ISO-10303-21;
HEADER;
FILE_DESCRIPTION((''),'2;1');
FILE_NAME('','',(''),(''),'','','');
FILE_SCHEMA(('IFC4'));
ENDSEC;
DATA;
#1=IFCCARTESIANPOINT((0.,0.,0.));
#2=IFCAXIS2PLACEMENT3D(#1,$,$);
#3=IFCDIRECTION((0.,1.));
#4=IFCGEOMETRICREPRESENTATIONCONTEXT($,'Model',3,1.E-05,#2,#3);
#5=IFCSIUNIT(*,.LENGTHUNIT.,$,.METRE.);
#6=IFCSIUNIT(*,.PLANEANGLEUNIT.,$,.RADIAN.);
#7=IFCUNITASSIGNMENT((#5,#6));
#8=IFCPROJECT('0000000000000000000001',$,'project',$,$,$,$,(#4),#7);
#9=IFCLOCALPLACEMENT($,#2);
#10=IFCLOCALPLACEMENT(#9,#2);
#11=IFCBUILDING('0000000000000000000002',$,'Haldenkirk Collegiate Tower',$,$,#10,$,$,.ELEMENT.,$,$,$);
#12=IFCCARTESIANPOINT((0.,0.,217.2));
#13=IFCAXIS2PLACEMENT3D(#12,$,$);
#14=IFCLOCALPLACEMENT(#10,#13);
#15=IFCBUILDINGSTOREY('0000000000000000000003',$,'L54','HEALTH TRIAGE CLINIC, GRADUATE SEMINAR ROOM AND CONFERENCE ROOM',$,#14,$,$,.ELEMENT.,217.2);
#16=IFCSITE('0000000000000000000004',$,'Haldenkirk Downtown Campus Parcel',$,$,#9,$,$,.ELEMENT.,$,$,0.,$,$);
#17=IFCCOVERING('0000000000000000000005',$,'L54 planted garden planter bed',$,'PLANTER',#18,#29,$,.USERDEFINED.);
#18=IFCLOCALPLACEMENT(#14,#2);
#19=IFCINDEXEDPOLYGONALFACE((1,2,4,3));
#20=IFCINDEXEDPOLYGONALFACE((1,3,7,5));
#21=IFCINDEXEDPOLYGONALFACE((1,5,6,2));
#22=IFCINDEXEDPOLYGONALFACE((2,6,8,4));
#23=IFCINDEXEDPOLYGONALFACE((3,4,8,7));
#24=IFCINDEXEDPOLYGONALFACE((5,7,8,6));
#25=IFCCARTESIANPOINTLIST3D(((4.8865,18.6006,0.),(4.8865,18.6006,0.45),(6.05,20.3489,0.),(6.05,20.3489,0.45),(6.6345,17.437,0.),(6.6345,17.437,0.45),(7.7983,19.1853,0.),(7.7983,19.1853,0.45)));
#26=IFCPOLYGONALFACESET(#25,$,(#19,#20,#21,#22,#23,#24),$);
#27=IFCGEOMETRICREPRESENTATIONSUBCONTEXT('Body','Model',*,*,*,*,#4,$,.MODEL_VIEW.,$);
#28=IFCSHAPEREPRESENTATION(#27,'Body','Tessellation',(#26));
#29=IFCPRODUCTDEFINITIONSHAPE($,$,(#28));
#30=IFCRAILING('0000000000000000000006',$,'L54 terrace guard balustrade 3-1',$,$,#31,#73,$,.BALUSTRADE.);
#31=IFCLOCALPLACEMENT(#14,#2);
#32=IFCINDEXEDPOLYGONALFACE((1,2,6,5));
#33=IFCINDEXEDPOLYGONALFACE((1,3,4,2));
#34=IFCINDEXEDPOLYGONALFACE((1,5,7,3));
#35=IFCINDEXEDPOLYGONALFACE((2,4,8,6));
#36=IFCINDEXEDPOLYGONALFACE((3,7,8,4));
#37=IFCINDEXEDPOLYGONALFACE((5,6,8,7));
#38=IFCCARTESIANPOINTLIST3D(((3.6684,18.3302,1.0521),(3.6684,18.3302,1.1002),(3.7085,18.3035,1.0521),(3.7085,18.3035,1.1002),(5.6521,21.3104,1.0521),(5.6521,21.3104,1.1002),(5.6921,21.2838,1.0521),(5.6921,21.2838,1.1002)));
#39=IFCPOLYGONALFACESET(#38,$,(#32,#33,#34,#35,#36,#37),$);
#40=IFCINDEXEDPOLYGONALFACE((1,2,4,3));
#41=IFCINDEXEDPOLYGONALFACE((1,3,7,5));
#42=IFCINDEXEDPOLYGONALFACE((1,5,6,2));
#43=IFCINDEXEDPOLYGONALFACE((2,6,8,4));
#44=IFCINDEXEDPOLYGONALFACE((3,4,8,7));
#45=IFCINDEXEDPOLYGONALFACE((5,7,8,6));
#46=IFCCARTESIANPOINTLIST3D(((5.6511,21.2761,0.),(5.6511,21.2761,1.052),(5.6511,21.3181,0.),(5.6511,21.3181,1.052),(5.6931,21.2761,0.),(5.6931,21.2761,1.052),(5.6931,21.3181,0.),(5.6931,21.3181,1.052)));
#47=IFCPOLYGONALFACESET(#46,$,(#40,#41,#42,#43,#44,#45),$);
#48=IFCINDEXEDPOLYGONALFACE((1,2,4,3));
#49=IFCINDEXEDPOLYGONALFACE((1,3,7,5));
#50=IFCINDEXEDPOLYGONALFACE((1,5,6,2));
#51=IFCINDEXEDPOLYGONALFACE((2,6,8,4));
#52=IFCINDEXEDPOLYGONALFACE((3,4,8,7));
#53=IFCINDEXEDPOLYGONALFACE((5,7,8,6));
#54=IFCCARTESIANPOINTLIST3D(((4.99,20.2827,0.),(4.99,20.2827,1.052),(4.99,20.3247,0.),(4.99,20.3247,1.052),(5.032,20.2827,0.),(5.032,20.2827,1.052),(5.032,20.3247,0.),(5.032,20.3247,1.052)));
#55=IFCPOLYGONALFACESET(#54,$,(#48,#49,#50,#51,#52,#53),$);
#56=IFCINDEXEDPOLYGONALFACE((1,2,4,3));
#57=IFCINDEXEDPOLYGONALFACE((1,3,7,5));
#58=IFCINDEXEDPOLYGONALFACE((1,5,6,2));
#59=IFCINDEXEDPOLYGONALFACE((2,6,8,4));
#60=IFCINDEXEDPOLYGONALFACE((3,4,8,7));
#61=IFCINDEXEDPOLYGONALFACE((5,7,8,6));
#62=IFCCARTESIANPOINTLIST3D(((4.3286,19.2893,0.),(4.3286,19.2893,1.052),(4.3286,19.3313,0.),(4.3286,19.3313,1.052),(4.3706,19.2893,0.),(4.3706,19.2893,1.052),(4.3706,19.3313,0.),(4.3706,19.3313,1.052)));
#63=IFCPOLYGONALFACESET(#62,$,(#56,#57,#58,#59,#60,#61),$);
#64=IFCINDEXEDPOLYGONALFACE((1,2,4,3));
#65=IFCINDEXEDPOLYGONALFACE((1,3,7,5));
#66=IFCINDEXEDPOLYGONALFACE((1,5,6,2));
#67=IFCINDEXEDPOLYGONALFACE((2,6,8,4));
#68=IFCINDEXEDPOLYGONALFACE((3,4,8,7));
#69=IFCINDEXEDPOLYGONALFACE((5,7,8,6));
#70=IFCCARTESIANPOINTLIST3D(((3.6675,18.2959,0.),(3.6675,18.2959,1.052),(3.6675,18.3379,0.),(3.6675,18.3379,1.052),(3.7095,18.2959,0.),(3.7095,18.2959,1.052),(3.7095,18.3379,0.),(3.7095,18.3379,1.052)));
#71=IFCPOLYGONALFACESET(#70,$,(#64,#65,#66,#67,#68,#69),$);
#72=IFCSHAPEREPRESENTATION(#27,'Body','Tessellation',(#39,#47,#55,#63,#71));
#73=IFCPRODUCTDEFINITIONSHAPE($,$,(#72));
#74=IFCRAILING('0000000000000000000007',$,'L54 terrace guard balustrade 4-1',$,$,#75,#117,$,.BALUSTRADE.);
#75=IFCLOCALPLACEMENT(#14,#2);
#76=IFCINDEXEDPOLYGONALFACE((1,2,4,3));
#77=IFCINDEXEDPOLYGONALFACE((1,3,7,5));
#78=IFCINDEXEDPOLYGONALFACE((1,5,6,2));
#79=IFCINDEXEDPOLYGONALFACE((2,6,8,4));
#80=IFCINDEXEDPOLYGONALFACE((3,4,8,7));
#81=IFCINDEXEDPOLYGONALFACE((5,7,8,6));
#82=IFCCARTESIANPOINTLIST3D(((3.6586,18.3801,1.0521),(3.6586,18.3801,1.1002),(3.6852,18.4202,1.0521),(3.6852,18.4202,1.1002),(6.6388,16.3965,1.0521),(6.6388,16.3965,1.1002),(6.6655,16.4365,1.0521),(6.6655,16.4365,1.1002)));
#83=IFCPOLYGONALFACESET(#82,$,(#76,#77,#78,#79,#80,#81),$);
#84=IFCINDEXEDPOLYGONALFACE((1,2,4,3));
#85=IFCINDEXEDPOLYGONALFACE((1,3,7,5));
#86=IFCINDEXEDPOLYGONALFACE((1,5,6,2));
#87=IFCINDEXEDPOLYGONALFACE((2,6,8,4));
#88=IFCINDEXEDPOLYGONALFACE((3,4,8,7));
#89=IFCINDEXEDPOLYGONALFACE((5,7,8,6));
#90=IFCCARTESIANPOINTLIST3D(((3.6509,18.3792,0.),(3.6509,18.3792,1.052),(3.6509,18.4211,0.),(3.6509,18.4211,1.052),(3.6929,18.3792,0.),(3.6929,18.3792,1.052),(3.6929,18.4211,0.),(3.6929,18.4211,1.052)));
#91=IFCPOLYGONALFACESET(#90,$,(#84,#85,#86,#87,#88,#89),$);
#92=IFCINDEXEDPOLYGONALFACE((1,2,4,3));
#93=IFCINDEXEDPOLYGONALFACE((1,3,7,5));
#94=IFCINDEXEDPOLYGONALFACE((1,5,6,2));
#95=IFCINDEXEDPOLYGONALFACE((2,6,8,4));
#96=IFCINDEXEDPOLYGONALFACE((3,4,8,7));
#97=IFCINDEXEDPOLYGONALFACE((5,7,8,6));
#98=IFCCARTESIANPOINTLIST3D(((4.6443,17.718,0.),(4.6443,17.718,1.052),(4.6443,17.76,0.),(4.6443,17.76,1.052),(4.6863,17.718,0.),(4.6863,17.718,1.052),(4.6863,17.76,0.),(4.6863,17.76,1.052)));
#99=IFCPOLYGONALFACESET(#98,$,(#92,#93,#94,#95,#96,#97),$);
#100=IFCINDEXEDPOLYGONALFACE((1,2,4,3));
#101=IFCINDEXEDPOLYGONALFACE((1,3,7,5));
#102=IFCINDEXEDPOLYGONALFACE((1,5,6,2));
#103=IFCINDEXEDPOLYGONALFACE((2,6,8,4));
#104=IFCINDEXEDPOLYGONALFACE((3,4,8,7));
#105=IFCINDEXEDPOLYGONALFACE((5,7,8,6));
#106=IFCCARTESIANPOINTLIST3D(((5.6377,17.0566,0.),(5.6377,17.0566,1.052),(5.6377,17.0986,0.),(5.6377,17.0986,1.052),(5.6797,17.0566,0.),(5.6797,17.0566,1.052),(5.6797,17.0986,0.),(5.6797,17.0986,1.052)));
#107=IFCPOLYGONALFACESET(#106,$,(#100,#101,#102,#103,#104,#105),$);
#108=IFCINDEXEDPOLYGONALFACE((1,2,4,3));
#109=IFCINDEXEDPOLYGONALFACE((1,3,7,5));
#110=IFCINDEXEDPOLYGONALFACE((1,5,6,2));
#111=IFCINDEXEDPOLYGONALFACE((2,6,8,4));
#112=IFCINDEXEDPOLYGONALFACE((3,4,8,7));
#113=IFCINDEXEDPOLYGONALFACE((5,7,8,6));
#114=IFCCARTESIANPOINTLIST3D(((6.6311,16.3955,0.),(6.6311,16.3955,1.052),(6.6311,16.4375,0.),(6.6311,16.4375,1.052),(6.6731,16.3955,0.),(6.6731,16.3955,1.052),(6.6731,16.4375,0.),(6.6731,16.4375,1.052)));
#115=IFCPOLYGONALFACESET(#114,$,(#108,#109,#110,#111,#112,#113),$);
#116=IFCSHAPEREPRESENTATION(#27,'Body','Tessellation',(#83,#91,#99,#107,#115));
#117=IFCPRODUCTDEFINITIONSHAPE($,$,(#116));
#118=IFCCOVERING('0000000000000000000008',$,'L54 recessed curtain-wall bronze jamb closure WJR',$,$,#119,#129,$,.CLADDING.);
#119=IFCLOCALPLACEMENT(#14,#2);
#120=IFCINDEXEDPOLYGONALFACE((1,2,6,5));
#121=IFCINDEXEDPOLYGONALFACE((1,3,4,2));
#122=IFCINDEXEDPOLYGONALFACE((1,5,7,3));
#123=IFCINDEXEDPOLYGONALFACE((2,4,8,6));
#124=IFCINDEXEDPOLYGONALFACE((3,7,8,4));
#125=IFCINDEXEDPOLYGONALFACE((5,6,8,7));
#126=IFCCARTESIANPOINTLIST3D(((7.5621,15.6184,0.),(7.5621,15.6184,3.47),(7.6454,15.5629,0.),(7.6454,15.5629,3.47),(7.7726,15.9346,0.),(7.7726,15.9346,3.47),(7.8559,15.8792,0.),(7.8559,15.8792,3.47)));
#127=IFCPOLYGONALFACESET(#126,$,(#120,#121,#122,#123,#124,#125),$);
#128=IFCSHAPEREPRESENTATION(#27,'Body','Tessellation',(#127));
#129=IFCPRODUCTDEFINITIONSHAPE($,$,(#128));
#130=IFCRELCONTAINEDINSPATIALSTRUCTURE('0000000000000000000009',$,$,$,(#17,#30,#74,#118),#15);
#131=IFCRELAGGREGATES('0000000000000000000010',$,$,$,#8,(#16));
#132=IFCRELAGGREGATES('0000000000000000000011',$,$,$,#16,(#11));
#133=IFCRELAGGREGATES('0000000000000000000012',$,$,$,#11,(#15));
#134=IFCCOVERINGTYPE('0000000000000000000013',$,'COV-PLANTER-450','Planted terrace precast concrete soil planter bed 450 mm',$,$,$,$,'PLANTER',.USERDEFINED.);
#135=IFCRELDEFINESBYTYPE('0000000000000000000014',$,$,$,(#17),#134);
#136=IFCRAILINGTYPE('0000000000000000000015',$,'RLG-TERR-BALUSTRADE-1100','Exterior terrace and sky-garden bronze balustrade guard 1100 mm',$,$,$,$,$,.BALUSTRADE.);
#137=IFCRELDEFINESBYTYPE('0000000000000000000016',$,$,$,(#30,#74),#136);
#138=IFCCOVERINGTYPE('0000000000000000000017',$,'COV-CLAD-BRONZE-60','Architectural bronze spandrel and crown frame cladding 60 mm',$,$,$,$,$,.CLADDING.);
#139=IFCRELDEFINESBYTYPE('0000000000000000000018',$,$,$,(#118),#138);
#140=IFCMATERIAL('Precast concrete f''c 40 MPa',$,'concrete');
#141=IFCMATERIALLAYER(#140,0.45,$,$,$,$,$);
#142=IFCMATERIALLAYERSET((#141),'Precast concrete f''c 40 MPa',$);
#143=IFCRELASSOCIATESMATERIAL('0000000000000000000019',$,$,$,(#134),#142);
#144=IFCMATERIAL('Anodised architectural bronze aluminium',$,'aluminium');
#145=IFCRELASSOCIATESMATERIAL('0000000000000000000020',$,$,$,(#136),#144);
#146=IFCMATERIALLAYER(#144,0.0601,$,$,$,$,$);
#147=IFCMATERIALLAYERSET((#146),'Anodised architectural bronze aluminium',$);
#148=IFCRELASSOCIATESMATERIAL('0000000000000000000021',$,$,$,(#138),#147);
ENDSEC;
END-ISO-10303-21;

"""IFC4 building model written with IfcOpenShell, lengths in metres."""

from ifc_helpers import new_model, si_unit, direction, frame, origin, origin_2d, place, context, subcontext, project, spatial, polyline, rectangle, outline, extrude, source, transform, mapped, material, layer, layer_set, type_object, element, save


model = new_model("IFC4")

# Units and contexts
model_context = context("Model", 3, precision=1e-05, world=origin(), true_north=direction((0.0, 1.0)))
body_context = subcontext(model_context, "Body", "Model", "MODEL_VIEW")
ifc_project = project(units=[si_unit("LENGTHUNIT", "METRE"), si_unit("PLANEANGLEUNIT", "RADIAN")], contexts=[model_context])

# Site, building, storey
site_placement = place(None, origin())
site = spatial("IfcSite", under=ifc_project, at=site_placement, Name="Haldenkirk Downtown Campus Parcel", CompositionType="ELEMENT", RefElevation=0.0)
building_placement = place(site_placement, origin())
building = spatial("IfcBuilding", under=site, at=building_placement, Name="Haldenkirk Collegiate Tower", CompositionType="ELEMENT")
storey_placement = place(building_placement, frame((0.0, 0.0, 217.2)))
storey = spatial("IfcBuildingStorey", under=building, at=storey_placement, Name="L54", Description="HEALTH TRIAGE CLINIC, GRADUATE SEMINAR ROOM AND CONFERENCE ROOM", CompositionType="ELEMENT", Elevation=217.2)

# Shared definitions
ifc_material_1 = material(Name="Anodised architectural bronze aluminium", Category="aluminium")

# Shared definitions
ifc_material_2 = material(Name="Precast concrete f'c 40 MPa", Category="concrete")

# Covering
ifc_layer_1 = layer(ifc_material_2, 0.45)
ifc_layer_set_1 = layer_set([ifc_layer_1], Name="Precast concrete f'c 40 MPa")
covering_type_1 = type_object("IfcCoveringType", Name="COV-PLANTER-450", Description="Planted terrace precast concrete soil planter bed 450 mm", ElementType="PLANTER", PredefinedType="USERDEFINED", material=ifc_layer_set_1)
covering_1_placement = place(storey_placement, origin())
element("IfcCovering", 1, at=covering_1_placement, inside=storey, type_object=covering_type_1, Name="L54 planted garden planter bed", ObjectType="PLANTER", PredefinedType="USERDEFINED", context=body_context, shape_type="SweptSolid", body=[
    extrude(outline(polyline([(6.6345, 17.437), (4.8865, 18.6006), (6.05, 20.3489), (7.7983, 19.1853), (6.6345, 17.437)])), origin(), (0.0, 0.0, 1.0), 0.45),
])

# Railings
railing_type = type_object("IfcRailingType", Name="RLG-TERR-BALUSTRADE-1100", Description="Exterior terrace and sky-garden bronze balustrade guard 1100 mm", PredefinedType="BALUSTRADE", material=ifc_material_1)
railing_1_placement = place(storey_placement, frame((5.6721, 21.2971, 0.0)))
element("IfcRailing", 2, at=railing_1_placement, inside=storey, type_object=railing_type, Name="L54 terrace guard balustrade 3-1", PredefinedType="BALUSTRADE", context=body_context, shape_type="SweptSolid", body=[
    extrude(rectangle(XDim=0.0481, YDim=0.0481, at=origin_2d()), frame((0.0, 0.0, 1.0762), z_axis=(-0.554086, -0.832459, 0.0), x_axis=(0.832459, -0.554086, 0.0)), (0.0, 0.0, 1.0), 3.5801),
    extrude(rectangle(XDim=0.042, YDim=0.042, at=origin_2d()), origin(), (0.0, 0.0, 1.0), 1.052),
    extrude(rectangle(XDim=0.042, YDim=0.042, at=origin_2d()), frame((-0.6611, -0.9934, 0.0)), (0.0, 0.0, 1.0), 1.052),
    extrude(rectangle(XDim=0.042, YDim=0.042, at=origin_2d()), frame((-1.3225, -1.9868, 0.0)), (0.0, 0.0, 1.0), 1.052),
    extrude(rectangle(XDim=0.042, YDim=0.042, at=origin_2d()), frame((-1.9836, -2.9802, 0.0)), (0.0, 0.0, 1.0), 1.052),
])
railing_2_placement = place(storey_placement, frame((3.6719, 18.4001, 0.0)))
element("IfcRailing", 3, at=railing_2_placement, inside=storey, type_object=railing_type, Name="L54 terrace guard balustrade 4-1", PredefinedType="BALUSTRADE", context=body_context, shape_type="SweptSolid", body=[
    extrude(rectangle(XDim=0.0481, YDim=0.0481, at=origin_2d()), frame((0.0, 0.0, 1.0762), z_axis=(0.832459, -0.554086, 0.0), x_axis=(0.554086, 0.832459, 0.0)), (0.0, 0.0, 1.0), 3.5801),
    extrude(rectangle(XDim=0.042, YDim=0.042, at=origin_2d()), origin(), (0.0, 0.0, 1.0), 1.052),
    extrude(rectangle(XDim=0.042, YDim=0.042, at=origin_2d()), frame((0.9934, -0.6611, 0.0)), (0.0, 0.0, 1.0), 1.052),
    extrude(rectangle(XDim=0.042, YDim=0.042, at=origin_2d()), frame((1.9868, -1.3225, 0.0)), (0.0, 0.0, 1.0), 1.052),
    extrude(rectangle(XDim=0.042, YDim=0.042, at=origin_2d()), frame((2.9802, -1.9836, 0.0)), (0.0, 0.0, 1.0), 1.052),
])

# Covering
ifc_layer_2 = layer(ifc_material_1, 0.0601)
ifc_layer_set_2 = layer_set([ifc_layer_2], Name="Anodised architectural bronze aluminium")
covering_type_2 = type_object("IfcCoveringType", Name="COV-CLAD-BRONZE-60", Description="Architectural bronze spandrel and crown frame cladding 60 mm", PredefinedType="CLADDING", material=ifc_layer_set_2)
shared_shape_1 = source(origin(), body_context, "Body", "SweptSolid", [
    extrude(rectangle(XDim=0.1001, YDim=0.3799, at=origin_2d()), origin(), (0.0, 0.0, 1.0), 3.47),
])
covering_2_placement = place(storey_placement, frame((7.709, 15.7488, 0.0), z_axis=(0.0, 0.0, 1.0), x_axis=(-0.832438, 0.554118, 0.0)))
element("IfcCovering", 4, at=covering_2_placement, inside=storey, type_object=covering_type_2, Name="L54 recessed curtain-wall bronze jamb closure WJR", PredefinedType="CLADDING", context=body_context, shape_type="MappedRepresentation", body=[
    mapped(shared_shape_1, transform((0.0, 0.0, 0.0), x_axis=(1.0, 0.0, 0.0), y_axis=(0.0, 1.0, 0.0), z_axis=(0.0, 0.0, 1.0), scale=1.0)),
])

save(model, "model.ifc")
